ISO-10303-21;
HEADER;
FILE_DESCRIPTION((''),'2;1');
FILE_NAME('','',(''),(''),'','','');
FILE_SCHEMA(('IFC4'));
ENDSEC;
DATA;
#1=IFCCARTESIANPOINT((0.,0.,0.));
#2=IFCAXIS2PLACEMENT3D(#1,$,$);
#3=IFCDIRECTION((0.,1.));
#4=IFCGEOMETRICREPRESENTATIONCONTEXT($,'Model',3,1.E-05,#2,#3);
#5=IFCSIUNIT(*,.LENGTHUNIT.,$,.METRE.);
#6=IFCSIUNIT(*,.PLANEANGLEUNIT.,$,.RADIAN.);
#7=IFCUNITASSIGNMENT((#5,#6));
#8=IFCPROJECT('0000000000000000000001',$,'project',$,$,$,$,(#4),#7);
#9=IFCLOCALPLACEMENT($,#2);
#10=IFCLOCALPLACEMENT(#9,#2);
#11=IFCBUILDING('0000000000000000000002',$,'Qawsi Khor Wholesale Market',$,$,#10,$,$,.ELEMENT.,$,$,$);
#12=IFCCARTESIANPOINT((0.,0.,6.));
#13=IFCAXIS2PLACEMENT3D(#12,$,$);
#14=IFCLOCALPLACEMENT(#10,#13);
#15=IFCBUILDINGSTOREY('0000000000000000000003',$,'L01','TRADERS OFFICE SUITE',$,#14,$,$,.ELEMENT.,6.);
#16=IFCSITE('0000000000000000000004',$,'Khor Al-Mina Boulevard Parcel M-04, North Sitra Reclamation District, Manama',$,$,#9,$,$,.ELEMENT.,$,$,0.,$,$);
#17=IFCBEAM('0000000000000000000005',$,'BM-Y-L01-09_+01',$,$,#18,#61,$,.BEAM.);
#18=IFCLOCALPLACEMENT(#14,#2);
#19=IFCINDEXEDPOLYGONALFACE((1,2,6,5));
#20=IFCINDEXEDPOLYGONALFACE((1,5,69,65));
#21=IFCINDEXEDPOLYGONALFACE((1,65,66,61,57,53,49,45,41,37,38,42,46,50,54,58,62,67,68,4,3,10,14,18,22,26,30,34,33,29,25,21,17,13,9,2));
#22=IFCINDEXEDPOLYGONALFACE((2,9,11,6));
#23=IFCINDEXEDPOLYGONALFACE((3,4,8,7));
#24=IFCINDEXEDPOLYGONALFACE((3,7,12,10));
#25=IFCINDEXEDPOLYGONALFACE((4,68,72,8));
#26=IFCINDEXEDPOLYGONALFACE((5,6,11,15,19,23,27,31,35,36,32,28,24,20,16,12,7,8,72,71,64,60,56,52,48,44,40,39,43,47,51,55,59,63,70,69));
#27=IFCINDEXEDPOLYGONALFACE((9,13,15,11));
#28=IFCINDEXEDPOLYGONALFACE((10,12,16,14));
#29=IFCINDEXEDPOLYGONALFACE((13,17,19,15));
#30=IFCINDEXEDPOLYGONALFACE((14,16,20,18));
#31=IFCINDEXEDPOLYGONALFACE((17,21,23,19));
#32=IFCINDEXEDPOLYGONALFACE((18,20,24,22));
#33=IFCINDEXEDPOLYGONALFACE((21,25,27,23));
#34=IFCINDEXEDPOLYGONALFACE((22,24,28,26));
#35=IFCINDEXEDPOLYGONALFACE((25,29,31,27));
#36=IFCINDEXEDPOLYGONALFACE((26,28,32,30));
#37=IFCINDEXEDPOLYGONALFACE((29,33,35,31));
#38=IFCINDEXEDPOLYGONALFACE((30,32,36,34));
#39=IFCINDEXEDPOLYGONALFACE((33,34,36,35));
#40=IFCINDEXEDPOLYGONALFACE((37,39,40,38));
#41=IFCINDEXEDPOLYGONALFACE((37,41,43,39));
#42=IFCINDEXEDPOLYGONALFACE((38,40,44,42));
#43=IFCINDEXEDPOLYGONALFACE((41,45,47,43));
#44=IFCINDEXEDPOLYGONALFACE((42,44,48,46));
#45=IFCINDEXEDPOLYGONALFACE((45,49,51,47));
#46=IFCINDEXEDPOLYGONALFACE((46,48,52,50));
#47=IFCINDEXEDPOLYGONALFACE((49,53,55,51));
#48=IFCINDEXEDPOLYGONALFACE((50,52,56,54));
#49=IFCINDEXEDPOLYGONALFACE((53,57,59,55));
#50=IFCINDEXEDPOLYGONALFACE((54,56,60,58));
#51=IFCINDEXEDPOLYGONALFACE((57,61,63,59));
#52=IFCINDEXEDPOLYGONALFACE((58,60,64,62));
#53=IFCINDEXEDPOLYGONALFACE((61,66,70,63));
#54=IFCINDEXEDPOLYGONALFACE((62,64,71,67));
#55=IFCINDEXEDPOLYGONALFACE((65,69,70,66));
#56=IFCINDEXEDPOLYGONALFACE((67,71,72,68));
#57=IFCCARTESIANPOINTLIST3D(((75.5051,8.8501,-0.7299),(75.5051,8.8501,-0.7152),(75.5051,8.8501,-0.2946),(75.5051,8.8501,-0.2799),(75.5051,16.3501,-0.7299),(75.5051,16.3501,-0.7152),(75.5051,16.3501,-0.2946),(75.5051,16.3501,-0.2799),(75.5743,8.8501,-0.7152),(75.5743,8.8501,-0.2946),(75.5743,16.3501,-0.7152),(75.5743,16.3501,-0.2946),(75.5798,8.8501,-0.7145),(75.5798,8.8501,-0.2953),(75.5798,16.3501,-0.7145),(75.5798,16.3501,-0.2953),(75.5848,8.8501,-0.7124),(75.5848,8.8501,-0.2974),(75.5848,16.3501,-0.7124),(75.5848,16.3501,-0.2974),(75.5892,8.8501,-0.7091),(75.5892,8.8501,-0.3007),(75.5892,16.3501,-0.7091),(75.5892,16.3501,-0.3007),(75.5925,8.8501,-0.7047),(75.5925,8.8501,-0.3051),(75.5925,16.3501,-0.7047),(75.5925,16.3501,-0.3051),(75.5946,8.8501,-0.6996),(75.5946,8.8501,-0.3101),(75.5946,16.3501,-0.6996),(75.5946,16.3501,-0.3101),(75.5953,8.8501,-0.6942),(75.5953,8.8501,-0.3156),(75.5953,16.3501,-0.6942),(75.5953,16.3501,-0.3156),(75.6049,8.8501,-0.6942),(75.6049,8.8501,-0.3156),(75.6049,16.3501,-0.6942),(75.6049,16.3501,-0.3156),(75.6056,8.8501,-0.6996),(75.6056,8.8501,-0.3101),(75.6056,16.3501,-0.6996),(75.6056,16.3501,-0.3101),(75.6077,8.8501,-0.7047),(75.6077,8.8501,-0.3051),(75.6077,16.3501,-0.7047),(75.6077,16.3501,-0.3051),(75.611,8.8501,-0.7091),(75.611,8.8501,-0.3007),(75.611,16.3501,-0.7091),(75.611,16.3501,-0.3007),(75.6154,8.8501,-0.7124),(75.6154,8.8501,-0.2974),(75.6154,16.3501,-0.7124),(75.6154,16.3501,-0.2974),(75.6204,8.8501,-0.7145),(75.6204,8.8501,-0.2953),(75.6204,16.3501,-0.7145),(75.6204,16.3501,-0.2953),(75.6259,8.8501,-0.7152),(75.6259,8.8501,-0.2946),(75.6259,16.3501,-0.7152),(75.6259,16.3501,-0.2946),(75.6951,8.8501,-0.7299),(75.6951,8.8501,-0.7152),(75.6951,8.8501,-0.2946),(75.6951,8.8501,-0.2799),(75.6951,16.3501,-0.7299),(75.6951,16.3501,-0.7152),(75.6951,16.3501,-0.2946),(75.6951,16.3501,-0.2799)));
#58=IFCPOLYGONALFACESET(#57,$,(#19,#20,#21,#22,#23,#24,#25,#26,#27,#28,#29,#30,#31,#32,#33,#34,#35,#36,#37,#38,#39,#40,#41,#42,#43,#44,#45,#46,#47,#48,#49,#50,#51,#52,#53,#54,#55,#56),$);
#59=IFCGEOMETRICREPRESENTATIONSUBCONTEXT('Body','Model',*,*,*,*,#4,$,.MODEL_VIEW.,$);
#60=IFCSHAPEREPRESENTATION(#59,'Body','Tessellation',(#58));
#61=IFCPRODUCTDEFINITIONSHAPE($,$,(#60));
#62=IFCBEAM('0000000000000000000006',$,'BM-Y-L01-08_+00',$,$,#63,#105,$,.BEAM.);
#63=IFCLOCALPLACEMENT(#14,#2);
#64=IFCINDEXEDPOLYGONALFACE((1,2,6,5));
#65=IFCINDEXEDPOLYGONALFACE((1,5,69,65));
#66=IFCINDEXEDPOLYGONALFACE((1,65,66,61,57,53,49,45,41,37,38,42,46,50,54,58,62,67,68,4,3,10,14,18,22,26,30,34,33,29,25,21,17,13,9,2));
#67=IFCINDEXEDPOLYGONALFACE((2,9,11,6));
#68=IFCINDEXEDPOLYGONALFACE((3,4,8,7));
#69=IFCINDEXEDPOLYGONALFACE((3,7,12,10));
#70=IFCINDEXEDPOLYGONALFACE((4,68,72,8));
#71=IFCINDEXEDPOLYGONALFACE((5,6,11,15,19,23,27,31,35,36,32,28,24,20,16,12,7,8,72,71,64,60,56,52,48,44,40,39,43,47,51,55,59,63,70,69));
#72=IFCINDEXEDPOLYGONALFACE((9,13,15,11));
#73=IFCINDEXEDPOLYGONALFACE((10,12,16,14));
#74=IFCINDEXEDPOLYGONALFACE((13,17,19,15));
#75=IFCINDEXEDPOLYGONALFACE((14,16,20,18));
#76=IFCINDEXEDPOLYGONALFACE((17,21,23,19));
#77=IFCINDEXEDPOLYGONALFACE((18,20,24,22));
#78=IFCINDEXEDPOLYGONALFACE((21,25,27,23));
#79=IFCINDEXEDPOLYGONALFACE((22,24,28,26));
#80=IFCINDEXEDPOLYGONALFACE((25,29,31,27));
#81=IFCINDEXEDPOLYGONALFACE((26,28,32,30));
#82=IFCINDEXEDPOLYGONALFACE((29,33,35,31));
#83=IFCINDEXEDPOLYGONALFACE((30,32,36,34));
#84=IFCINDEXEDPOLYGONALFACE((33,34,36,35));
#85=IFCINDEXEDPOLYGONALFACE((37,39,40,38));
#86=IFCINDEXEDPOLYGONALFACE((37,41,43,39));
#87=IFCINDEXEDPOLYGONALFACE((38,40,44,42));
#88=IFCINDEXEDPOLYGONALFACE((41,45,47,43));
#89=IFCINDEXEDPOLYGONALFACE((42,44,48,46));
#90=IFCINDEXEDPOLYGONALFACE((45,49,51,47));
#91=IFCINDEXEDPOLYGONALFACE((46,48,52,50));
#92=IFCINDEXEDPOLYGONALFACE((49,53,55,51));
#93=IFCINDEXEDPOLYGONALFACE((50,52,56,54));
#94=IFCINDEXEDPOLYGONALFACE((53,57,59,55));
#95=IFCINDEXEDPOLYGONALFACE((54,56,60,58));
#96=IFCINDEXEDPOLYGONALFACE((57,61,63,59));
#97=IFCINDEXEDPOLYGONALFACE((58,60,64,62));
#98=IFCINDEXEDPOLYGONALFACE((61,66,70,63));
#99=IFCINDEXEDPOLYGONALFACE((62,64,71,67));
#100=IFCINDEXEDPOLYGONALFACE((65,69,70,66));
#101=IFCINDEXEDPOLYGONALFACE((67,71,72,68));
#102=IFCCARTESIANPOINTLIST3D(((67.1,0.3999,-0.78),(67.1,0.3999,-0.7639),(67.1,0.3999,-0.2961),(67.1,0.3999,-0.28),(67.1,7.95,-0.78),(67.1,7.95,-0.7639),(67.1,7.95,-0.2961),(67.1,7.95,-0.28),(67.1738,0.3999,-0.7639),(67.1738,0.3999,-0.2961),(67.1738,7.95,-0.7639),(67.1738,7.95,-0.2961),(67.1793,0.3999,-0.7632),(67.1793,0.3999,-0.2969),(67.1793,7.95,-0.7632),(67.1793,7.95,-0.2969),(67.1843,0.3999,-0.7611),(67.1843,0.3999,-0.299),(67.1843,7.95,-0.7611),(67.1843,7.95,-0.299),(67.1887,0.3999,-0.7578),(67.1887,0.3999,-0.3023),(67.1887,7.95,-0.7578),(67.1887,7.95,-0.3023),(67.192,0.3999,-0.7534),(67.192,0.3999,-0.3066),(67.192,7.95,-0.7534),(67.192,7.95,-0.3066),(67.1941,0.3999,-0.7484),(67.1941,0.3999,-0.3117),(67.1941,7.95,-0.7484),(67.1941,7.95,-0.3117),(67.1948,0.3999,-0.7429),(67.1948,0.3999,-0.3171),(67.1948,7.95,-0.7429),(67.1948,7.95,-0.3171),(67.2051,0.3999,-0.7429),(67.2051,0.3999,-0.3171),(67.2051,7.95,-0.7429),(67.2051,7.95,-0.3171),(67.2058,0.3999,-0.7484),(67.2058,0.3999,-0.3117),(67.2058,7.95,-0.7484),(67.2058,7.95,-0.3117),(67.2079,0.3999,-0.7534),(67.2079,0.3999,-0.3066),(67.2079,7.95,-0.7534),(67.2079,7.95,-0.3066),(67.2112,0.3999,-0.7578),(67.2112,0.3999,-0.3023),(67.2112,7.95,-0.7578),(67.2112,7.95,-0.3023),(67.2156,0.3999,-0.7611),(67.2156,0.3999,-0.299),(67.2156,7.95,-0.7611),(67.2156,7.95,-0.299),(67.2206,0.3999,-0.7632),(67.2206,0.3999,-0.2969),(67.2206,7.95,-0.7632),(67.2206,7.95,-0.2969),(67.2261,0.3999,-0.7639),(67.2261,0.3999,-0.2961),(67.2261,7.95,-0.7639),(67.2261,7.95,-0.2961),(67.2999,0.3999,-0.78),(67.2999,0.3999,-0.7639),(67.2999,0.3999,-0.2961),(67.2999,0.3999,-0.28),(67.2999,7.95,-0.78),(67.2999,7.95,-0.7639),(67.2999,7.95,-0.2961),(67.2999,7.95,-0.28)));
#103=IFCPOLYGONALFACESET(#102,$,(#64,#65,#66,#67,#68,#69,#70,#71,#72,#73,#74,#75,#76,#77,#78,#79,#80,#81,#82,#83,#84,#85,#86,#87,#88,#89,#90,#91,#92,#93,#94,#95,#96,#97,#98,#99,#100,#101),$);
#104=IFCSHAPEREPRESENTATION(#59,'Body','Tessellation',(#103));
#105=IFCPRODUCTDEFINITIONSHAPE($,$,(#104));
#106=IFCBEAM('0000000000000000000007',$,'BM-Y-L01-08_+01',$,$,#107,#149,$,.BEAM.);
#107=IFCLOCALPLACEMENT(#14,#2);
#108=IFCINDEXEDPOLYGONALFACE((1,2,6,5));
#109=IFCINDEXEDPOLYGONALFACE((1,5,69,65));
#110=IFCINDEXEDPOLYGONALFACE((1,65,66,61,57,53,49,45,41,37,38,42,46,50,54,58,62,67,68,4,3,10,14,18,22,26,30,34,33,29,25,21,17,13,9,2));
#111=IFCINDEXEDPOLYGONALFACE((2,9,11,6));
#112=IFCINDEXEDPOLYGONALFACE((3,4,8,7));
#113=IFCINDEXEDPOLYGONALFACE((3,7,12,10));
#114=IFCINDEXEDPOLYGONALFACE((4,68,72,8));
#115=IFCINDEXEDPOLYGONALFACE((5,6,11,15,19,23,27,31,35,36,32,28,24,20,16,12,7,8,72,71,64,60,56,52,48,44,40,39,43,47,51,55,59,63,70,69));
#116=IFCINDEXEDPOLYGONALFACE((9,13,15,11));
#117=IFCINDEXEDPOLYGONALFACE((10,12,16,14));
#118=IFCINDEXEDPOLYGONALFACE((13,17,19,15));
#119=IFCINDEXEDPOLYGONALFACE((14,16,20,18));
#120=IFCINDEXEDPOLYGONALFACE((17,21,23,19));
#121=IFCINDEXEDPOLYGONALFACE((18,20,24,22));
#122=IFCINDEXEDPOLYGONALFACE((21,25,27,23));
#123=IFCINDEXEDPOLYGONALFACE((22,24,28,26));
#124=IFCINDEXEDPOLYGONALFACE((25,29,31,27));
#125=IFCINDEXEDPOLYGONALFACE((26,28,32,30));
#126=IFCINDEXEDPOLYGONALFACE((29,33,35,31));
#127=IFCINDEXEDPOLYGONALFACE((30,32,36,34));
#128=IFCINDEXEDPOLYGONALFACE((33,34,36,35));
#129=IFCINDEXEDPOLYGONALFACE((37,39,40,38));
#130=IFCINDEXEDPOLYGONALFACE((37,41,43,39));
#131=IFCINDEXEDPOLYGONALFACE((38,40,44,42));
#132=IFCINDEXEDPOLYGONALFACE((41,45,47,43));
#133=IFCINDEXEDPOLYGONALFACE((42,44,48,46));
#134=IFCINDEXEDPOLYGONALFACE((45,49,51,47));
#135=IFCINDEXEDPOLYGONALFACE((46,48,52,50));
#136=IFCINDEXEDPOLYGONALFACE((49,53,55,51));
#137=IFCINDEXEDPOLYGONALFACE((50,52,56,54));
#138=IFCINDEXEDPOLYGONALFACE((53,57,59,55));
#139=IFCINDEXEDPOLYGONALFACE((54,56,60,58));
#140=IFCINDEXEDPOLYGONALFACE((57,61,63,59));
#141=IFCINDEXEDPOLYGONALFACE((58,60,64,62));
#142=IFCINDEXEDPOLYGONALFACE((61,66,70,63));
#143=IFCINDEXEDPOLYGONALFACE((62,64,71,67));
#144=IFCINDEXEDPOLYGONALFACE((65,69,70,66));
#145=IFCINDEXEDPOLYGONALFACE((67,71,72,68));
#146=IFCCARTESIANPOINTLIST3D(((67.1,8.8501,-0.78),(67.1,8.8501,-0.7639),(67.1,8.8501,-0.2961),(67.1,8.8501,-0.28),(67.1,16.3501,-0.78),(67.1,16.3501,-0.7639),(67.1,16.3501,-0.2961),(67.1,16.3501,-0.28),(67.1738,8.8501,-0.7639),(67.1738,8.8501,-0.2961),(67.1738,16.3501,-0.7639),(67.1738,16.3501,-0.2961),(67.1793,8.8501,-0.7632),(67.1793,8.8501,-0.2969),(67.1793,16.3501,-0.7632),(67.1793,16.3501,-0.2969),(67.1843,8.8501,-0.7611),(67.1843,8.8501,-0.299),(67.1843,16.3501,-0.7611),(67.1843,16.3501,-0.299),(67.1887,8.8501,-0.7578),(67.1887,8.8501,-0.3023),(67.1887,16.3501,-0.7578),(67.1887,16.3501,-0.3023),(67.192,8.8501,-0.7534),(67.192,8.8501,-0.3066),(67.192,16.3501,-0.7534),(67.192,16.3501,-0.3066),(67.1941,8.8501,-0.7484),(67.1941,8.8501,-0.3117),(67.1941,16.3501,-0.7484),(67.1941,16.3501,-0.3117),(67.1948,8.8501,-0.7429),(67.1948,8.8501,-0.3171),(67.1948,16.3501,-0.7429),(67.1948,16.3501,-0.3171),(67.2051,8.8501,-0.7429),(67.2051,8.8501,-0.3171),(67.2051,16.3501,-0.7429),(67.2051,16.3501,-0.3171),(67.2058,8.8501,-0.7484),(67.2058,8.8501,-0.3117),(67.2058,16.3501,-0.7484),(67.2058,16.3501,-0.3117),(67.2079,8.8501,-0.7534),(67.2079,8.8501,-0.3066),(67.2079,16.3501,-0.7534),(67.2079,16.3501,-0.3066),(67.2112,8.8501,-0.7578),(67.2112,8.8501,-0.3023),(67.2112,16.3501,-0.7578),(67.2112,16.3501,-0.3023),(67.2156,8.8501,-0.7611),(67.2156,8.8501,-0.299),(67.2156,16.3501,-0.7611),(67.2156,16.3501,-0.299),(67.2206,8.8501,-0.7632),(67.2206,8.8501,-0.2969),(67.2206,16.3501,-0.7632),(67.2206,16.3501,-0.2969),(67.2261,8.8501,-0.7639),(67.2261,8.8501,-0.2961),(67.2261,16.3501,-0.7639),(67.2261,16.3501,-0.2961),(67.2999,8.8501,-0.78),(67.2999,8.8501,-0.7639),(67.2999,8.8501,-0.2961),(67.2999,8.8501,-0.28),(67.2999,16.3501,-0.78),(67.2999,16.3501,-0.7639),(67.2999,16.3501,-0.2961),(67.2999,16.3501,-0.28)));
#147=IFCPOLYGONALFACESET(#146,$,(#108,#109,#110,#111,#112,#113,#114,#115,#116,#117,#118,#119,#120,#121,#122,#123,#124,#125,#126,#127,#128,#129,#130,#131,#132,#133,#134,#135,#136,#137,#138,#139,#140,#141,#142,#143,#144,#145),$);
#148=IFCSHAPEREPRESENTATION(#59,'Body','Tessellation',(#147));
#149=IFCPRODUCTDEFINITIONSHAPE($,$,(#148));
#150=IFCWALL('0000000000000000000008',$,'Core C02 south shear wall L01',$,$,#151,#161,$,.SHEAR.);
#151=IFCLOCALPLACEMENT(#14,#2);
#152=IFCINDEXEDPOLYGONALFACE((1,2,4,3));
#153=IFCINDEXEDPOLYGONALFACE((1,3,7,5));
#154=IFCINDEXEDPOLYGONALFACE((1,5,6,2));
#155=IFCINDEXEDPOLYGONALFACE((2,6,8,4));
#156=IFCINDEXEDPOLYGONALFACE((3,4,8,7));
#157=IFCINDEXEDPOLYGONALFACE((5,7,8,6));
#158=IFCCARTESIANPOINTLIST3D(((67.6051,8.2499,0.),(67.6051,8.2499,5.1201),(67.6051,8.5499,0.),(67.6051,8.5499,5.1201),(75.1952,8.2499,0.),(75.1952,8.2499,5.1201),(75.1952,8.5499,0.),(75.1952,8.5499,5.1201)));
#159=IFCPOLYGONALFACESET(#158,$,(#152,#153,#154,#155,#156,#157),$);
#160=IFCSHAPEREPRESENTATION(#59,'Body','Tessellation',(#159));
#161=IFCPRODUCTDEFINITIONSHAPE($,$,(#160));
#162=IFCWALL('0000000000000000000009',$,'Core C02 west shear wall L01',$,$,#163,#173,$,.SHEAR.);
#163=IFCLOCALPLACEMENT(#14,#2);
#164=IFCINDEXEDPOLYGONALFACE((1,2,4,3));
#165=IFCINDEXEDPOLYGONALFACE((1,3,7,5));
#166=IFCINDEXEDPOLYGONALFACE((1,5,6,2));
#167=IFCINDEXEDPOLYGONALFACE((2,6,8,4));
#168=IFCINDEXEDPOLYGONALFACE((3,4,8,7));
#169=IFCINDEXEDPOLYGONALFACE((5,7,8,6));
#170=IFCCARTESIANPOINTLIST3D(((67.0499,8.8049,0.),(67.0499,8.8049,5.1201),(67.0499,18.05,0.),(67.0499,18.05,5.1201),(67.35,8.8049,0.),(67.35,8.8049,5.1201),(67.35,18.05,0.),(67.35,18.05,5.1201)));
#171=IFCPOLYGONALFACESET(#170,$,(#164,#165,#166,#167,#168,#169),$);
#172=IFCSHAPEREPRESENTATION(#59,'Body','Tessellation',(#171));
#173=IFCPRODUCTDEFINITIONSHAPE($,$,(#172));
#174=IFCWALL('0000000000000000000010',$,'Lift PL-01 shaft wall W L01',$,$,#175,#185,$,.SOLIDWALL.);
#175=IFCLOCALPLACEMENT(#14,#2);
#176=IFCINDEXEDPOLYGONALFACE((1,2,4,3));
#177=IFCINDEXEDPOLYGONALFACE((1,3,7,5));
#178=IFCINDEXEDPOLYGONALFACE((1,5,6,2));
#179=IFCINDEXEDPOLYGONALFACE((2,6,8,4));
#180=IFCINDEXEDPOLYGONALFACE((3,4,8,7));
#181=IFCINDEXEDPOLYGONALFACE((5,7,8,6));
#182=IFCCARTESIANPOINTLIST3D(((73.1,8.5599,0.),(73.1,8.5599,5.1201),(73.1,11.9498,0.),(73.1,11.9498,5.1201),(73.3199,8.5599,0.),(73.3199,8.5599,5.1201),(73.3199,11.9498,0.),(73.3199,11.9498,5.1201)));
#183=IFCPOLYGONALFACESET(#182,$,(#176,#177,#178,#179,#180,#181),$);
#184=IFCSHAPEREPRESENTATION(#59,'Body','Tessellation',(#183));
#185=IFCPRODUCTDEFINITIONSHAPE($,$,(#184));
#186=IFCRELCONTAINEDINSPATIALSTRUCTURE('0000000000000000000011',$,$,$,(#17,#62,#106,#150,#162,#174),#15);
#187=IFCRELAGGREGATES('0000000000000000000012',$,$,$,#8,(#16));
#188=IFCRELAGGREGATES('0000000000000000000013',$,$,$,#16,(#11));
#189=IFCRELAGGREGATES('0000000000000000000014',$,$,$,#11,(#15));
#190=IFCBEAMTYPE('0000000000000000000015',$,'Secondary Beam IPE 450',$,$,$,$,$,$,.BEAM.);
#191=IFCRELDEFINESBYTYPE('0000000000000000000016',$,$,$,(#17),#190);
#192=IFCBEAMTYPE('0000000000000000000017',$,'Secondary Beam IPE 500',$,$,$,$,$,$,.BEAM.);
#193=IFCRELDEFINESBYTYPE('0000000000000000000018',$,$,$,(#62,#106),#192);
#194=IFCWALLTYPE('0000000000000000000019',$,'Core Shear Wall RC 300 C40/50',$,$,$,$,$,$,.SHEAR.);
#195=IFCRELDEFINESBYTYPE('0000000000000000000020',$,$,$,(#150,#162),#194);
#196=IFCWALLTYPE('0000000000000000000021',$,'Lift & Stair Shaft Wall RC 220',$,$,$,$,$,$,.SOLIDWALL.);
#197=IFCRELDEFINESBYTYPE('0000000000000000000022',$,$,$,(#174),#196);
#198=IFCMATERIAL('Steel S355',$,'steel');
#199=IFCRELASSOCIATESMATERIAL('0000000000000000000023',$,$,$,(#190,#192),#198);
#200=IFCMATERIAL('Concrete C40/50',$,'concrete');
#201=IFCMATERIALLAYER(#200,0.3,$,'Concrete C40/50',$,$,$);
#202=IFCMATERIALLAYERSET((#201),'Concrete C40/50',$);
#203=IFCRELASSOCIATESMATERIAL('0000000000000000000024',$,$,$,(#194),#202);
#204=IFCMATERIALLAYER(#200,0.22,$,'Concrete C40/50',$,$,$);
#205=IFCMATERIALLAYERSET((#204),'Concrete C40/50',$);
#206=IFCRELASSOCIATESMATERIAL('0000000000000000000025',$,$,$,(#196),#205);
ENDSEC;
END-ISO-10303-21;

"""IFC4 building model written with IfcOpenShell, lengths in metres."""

from ifc_helpers import new_model, si_unit, direction, frame, frame_2d, origin, origin_2d, place, context, subcontext, project, spatial, rectangle, i_section, extrude, material, layer, layer_set, material_profile, profile_set, type_object, element, save


model = new_model("IFC4")

# Units and contexts
model_context = context("Model", 3, precision=1e-05, world=origin(), true_north=direction((0.0, 1.0)))
body_context = subcontext(model_context, "Body", "Model", "MODEL_VIEW")
ifc_project = project(units=[si_unit("LENGTHUNIT", "METRE"), si_unit("PLANEANGLEUNIT", "RADIAN")], contexts=[model_context])

# Site, building, storey
site_placement = place(None, origin())
site = spatial("IfcSite", under=ifc_project, at=site_placement, Name="Khor Al-Mina Boulevard Parcel M-04, North Sitra Reclamation District, Manama", CompositionType="ELEMENT", RefElevation=0.0)
building_placement = place(site_placement, origin())
building = spatial("IfcBuilding", under=site, at=building_placement, Name="Qawsi Khor Wholesale Market", CompositionType="ELEMENT")
storey_placement = place(building_placement, frame((0.0, 0.0, 6.0)))
storey = spatial("IfcBuildingStorey", under=building, at=storey_placement, Name="L01", Description="TRADERS OFFICE SUITE", CompositionType="ELEMENT", Elevation=6.0)

# Shared definitions
ifc_material_1 = material(Name="Concrete C40/50", Category="concrete")

# Beams
ifc_material_2 = material(Name="Steel S355", Category="steel")
ifc_material_profile_1 = material_profile(ifc_material_2, i_section(OverallWidth=0.1899, OverallDepth=0.45, WebThickness=0.0095, FlangeThickness=0.0146, FilletRadius=0.021, at=origin_2d()), Name="IPE 450")
ifc_profile_set_1 = profile_set([ifc_material_profile_1], Name="Steel S355")
beam_type_1 = type_object("IfcBeamType", Name="Secondary Beam IPE 450", PredefinedType="BEAM", material=ifc_profile_set_1)
beam_1_placement = place(storey_placement, frame((75.6001, 8.8501, -0.5049), z_axis=(0.0, 1.0, 0.0), x_axis=(-1.0, 0.0, 0.0)))
element("IfcBeam", 1, at=beam_1_placement, inside=storey, type_object=beam_type_1, Name="BM-Y-L01-09_+01", PredefinedType="BEAM", context=body_context, shape_type="SweptSolid", body=[
    extrude(i_section(OverallWidth=0.1899, OverallDepth=0.45, WebThickness=0.0095, FlangeThickness=0.0146, FilletRadius=0.021, at=origin_2d()), origin(), (0.0, 0.0, 1.0), 7.5),
])
ifc_material_profile_2 = material_profile(ifc_material_2, i_section(OverallWidth=0.2, OverallDepth=0.5, WebThickness=0.0103, FlangeThickness=0.0161, FilletRadius=0.021, at=origin_2d()), Name="IPE 500")
ifc_profile_set_2 = profile_set([ifc_material_profile_2], Name="Steel S355")
beam_type_2 = type_object("IfcBeamType", Name="Secondary Beam IPE 500", PredefinedType="BEAM", material=ifc_profile_set_2)
beam_2_placement = place(storey_placement, frame((67.2, 0.3999, -0.53), z_axis=(0.0, 1.0, 0.0), x_axis=(-1.0, 0.0, 0.0)))
element("IfcBeam", 2, at=beam_2_placement, inside=storey, type_object=beam_type_2, Name="BM-Y-L01-08_+00", PredefinedType="BEAM", context=body_context, shape_type="SweptSolid", body=[
    extrude(i_section(OverallWidth=0.2, OverallDepth=0.5, WebThickness=0.0103, FlangeThickness=0.0161, FilletRadius=0.021, at=origin_2d()), origin(), (0.0, 0.0, 1.0), 7.55),
])
beam_3_placement = place(storey_placement, frame((67.2, 8.8501, -0.53), z_axis=(0.0, 1.0, 0.0), x_axis=(-1.0, 0.0, 0.0)))
element("IfcBeam", 3, at=beam_3_placement, inside=storey, type_object=beam_type_2, Name="BM-Y-L01-08_+01", PredefinedType="BEAM", context=body_context, shape_type="SweptSolid", body=[
    extrude(i_section(OverallWidth=0.2, OverallDepth=0.5, WebThickness=0.0103, FlangeThickness=0.0161, FilletRadius=0.021, at=origin_2d()), origin(), (0.0, 0.0, 1.0), 7.5),
])

# Walls
ifc_layer_1 = layer(ifc_material_1, 0.3, Name="Concrete C40/50")
ifc_layer_set_1 = layer_set([ifc_layer_1], Name="Concrete C40/50")
wall_type_1 = type_object("IfcWallType", Name="Core Shear Wall RC 300 C40/50", PredefinedType="SHEAR", material=ifc_layer_set_1)
wall_1_placement = place(storey_placement, frame((75.1951, 8.3999, 0.0), z_axis=(0.0, 0.0, 1.0), x_axis=(-1.0, 0.0, 0.0)))
element("IfcWall", 4, at=wall_1_placement, inside=storey, type_object=wall_type_1, Name="Core C02 south shear wall L01", PredefinedType="SHEAR", context=body_context, shape_type="SweptSolid", body=[
    extrude(rectangle(XDim=7.5901, YDim=0.3, at=frame_2d((3.7949, 0.0))), origin(), (0.0, 0.0, 1.0), 5.1201),
])
wall_2_placement = place(storey_placement, frame((67.2, 8.8049, 0.0), z_axis=(0.0, 0.0, 1.0), x_axis=(0.0, 1.0, 0.0)))
element("IfcWall", 5, at=wall_2_placement, inside=storey, type_object=wall_type_1, Name="Core C02 west shear wall L01", PredefinedType="SHEAR", context=body_context, shape_type="SweptSolid", body=[
    extrude(rectangle(XDim=9.2451, YDim=0.3, at=frame_2d((4.6226, 0.0))), origin(), (0.0, 0.0, 1.0), 5.1201),
])
ifc_layer_2 = layer(ifc_material_1, 0.22, Name="Concrete C40/50")
ifc_layer_set_2 = layer_set([ifc_layer_2], Name="Concrete C40/50")
wall_type_2 = type_object("IfcWallType", Name="Lift & Stair Shaft Wall RC 220", PredefinedType="SOLIDWALL", material=ifc_layer_set_2)
wall_3_placement = place(storey_placement, frame((73.21, 8.5601, 0.0), z_axis=(0.0, 0.0, 1.0), x_axis=(0.0, 1.0, 0.0)))
element("IfcWall", 6, at=wall_3_placement, inside=storey, type_object=wall_type_2, Name="Lift PL-01 shaft wall W L01", PredefinedType="SOLIDWALL", context=body_context, shape_type="SweptSolid", body=[
    extrude(rectangle(XDim=3.3899, YDim=0.22, at=frame_2d((1.6948, 0.0))), origin(), (0.0, 0.0, 1.0), 5.1201),
])

save(model, "model.ifc")
